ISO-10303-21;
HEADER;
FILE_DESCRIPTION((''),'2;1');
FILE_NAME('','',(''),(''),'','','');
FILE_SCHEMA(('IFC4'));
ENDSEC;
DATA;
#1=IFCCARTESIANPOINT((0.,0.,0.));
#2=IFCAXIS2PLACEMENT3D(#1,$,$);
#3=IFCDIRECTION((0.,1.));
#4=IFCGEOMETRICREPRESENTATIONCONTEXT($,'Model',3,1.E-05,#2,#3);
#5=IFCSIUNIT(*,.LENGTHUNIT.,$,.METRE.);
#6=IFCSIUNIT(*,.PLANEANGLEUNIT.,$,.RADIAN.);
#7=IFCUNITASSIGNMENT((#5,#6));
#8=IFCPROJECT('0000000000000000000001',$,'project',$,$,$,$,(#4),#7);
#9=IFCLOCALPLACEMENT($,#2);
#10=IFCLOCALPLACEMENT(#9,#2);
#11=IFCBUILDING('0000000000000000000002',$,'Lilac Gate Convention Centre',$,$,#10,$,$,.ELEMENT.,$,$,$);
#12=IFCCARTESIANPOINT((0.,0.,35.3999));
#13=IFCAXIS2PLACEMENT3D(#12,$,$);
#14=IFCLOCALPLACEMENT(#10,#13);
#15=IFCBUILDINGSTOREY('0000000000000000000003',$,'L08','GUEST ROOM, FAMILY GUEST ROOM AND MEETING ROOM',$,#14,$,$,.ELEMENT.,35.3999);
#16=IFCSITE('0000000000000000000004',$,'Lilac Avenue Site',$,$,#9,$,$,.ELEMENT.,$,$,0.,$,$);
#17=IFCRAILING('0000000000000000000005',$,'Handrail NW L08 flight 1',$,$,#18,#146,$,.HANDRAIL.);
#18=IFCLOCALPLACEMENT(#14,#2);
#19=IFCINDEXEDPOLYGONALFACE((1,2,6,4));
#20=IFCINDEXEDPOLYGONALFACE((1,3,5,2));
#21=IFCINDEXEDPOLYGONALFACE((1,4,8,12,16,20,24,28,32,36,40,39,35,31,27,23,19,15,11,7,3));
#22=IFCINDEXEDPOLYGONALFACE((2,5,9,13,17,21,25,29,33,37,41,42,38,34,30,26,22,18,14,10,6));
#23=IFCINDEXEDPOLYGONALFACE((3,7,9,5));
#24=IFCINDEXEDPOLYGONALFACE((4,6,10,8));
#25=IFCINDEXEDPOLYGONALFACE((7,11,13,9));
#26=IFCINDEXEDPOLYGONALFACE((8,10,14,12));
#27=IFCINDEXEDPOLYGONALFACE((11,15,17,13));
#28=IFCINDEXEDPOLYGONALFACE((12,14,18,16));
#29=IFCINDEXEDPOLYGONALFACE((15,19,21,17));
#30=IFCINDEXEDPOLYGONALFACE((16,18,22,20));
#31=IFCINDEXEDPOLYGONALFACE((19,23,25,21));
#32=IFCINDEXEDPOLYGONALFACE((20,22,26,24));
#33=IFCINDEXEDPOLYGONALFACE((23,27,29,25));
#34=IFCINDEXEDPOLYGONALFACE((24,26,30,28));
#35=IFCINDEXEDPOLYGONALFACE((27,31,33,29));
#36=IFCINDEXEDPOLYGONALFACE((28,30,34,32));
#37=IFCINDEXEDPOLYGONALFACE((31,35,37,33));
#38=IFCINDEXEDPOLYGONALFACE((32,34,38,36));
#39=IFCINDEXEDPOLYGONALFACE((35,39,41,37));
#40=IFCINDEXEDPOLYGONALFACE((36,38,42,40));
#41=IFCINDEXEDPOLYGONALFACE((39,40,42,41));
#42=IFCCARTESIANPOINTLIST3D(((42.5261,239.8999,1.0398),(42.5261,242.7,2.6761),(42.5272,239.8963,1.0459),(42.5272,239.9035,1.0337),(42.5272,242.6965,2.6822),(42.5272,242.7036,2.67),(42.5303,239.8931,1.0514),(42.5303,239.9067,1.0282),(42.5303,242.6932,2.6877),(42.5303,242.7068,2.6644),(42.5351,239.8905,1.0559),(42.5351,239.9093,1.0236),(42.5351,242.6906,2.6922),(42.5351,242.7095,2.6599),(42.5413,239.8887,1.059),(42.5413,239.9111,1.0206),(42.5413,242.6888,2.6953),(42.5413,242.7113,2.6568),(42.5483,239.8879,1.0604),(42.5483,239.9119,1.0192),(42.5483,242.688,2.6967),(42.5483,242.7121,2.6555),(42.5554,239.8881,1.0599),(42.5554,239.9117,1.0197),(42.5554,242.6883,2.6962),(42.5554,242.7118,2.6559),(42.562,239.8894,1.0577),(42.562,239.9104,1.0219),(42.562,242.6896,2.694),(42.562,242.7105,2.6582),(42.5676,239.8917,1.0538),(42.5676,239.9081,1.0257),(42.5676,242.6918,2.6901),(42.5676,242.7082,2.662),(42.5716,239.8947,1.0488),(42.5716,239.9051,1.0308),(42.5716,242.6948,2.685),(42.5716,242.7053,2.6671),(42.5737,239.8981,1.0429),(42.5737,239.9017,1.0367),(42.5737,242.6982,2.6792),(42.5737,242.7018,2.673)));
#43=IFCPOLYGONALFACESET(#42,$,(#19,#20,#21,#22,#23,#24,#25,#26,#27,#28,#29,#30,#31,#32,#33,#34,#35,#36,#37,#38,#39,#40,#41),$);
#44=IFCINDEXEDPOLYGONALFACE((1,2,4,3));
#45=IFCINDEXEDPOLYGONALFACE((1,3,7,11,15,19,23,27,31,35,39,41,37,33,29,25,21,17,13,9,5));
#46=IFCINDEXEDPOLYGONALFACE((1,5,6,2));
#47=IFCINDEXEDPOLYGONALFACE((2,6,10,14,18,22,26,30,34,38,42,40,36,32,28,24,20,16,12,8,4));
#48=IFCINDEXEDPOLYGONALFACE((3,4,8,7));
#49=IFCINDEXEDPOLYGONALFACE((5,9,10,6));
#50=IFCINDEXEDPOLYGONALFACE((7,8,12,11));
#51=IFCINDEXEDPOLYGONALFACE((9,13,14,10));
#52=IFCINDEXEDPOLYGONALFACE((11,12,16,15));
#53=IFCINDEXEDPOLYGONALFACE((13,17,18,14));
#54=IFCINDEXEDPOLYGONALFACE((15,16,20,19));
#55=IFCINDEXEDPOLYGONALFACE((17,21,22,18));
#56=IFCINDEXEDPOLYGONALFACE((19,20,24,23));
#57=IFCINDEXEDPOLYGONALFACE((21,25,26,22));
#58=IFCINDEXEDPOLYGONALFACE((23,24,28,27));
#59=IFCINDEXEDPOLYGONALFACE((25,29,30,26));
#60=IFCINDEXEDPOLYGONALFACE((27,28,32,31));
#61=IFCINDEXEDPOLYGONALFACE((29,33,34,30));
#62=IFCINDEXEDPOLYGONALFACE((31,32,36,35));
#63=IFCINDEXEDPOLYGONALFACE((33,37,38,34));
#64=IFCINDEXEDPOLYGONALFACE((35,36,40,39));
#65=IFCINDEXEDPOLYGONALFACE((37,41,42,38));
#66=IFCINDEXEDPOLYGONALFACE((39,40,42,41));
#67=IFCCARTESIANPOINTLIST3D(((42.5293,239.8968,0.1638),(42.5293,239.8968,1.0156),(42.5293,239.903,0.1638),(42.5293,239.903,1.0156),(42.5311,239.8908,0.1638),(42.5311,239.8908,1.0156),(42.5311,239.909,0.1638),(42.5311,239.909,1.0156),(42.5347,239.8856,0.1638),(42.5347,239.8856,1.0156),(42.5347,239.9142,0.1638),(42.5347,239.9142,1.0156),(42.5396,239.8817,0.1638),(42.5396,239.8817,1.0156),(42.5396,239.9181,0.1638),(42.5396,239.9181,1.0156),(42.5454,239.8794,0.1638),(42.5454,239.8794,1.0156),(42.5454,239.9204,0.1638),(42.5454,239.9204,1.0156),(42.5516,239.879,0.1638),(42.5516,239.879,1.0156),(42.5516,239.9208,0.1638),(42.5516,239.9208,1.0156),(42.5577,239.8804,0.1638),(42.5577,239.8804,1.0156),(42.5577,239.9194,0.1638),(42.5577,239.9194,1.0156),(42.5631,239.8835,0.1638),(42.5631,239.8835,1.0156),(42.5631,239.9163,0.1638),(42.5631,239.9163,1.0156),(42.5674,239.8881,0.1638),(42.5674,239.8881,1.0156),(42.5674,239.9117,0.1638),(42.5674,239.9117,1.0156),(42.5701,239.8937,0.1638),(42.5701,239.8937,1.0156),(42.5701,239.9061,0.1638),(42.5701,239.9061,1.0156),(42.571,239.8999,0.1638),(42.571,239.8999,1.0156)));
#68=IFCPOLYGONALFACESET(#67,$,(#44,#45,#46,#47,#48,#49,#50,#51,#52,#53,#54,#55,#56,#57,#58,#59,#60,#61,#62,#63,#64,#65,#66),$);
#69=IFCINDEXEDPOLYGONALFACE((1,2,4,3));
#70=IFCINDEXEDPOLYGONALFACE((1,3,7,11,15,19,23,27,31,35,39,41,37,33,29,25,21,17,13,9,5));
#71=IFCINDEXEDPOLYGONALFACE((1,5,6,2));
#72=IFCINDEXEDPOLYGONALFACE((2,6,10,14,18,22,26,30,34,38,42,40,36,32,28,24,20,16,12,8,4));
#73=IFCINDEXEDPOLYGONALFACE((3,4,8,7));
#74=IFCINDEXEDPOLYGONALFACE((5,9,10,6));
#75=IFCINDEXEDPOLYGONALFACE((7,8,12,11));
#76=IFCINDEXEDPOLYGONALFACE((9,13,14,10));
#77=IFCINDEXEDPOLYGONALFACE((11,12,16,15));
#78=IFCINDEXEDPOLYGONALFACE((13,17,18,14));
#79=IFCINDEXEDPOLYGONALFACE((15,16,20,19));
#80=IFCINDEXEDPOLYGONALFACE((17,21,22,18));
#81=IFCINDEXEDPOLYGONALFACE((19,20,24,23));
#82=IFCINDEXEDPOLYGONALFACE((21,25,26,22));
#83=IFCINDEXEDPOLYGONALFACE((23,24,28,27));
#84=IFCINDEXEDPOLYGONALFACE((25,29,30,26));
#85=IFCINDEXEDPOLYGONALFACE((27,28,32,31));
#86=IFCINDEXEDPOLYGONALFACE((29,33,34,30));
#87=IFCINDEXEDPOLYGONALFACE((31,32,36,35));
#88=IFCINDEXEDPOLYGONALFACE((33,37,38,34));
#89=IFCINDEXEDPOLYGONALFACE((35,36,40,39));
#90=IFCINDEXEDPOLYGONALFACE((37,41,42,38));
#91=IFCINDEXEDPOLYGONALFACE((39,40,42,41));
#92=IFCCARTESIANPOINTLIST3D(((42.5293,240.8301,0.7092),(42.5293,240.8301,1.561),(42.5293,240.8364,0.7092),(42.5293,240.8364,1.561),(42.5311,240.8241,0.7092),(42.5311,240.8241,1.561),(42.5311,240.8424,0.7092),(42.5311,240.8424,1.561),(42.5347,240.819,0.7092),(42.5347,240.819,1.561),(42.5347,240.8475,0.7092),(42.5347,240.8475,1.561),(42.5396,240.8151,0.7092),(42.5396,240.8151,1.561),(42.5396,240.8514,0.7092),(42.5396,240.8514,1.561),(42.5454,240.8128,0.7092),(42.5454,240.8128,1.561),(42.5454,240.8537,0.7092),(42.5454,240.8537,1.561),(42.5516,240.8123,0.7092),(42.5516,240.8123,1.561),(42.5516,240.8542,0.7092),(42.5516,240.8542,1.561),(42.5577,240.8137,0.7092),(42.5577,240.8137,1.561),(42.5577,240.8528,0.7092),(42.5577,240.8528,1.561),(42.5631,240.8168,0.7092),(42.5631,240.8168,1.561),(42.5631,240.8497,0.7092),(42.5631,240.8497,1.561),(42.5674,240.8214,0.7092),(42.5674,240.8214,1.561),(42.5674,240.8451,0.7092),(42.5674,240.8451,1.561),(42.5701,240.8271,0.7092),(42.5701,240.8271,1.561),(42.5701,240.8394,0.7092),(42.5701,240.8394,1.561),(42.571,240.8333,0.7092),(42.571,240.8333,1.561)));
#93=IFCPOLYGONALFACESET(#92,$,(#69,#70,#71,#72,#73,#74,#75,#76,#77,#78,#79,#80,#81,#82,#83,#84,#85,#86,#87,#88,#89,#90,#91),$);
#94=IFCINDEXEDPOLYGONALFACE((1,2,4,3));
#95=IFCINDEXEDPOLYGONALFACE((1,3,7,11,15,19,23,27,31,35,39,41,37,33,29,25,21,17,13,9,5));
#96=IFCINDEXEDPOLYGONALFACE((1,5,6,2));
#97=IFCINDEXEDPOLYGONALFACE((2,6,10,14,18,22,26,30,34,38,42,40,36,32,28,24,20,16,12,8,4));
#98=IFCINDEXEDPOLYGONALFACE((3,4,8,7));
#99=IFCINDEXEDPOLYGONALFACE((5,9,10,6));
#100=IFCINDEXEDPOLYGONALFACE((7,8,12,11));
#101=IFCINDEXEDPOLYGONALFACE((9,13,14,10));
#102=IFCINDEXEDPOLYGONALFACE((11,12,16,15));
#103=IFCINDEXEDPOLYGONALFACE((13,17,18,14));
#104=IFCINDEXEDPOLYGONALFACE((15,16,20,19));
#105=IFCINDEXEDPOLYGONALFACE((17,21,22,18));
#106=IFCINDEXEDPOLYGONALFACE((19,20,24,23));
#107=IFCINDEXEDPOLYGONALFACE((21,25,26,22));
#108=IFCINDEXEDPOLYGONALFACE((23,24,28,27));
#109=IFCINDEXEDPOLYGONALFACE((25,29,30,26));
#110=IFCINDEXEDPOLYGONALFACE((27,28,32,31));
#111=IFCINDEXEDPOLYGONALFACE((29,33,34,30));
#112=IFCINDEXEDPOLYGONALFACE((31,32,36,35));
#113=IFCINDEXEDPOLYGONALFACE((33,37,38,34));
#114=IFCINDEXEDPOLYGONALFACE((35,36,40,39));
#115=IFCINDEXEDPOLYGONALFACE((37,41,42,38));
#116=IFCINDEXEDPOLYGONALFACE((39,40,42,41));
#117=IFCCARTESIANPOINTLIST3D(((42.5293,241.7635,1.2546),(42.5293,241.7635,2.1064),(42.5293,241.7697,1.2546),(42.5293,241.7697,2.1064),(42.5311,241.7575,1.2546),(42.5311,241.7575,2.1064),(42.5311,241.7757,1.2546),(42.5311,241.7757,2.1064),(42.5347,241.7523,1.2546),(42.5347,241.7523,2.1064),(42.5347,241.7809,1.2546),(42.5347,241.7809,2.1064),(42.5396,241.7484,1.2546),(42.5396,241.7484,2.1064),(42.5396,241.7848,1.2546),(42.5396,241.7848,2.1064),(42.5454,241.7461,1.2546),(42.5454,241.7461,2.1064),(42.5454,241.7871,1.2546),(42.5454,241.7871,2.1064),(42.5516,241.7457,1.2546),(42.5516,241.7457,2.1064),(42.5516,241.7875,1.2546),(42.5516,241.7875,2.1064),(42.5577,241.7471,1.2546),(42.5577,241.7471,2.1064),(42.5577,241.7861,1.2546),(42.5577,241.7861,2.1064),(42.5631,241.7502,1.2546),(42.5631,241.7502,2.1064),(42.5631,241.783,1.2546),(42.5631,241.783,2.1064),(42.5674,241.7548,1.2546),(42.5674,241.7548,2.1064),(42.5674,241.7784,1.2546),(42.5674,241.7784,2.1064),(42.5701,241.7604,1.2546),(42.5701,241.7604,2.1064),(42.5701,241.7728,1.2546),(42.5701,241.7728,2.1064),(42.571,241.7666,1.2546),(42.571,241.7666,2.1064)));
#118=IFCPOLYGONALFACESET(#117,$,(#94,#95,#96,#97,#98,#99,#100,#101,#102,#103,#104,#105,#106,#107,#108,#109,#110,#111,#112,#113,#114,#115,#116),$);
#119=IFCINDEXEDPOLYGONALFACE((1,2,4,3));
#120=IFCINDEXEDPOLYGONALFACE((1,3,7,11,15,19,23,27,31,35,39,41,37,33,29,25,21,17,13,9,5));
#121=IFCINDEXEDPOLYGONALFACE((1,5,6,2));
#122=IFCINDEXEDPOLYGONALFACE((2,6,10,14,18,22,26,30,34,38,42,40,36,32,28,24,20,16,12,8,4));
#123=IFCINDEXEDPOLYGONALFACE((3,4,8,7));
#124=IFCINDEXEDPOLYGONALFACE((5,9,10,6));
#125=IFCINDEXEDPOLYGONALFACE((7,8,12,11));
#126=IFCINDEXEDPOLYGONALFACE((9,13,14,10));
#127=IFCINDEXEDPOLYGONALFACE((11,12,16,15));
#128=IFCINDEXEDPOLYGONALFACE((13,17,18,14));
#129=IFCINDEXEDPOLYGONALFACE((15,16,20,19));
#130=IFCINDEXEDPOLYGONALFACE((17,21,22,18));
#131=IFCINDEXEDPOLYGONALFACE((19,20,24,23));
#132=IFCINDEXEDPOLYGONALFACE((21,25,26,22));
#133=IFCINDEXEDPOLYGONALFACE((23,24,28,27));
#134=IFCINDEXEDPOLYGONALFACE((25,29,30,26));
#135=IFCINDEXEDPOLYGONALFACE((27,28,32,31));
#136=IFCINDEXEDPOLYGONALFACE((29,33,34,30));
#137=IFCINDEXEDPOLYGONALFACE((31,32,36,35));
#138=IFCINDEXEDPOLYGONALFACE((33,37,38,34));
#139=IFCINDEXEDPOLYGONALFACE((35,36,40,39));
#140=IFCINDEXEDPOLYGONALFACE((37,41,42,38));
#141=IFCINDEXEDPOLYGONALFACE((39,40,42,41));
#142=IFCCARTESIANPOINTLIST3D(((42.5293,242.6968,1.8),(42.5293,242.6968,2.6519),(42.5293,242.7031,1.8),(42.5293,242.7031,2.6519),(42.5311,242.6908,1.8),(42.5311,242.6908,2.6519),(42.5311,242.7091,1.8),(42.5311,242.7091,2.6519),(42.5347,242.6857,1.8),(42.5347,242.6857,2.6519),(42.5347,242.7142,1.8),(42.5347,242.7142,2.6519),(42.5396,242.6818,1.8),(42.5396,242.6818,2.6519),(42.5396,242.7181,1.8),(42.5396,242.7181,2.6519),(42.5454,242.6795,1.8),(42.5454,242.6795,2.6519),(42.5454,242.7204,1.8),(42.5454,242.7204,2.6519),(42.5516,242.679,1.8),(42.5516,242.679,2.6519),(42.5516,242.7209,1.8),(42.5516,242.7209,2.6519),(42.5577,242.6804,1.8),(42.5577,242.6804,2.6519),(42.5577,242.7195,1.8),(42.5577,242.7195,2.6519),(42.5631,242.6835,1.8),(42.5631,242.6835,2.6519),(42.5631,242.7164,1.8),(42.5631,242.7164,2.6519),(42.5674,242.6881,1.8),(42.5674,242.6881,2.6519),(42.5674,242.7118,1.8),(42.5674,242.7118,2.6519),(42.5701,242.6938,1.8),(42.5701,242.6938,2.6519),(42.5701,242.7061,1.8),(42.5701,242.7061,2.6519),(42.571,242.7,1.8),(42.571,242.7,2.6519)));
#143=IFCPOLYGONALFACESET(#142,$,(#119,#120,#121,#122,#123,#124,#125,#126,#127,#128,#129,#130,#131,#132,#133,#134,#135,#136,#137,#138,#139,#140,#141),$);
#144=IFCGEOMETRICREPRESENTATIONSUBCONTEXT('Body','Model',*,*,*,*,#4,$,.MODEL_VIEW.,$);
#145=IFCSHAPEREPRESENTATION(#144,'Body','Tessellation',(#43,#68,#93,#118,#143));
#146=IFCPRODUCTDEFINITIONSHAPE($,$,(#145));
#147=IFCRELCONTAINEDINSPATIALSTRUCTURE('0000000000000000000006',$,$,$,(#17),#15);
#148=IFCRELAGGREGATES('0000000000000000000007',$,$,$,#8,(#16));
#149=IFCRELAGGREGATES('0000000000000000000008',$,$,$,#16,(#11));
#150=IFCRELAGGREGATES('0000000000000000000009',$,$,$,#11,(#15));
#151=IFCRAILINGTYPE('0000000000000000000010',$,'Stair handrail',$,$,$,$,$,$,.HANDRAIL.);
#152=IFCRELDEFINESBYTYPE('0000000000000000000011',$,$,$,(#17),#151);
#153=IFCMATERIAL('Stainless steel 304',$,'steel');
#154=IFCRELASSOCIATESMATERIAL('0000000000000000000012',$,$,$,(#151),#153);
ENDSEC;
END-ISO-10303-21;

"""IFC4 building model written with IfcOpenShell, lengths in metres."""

from ifc_helpers import new_model, si_unit, direction, frame, origin, origin_2d, place, context, subcontext, project, spatial, circle, extrude, material, type_object, element, save


model = new_model("IFC4")

# Units and contexts
model_context = context("Model", 3, precision=1e-05, world=origin(), true_north=direction((0.0, 1.0)))
body_context = subcontext(model_context, "Body", "Model", "MODEL_VIEW")
ifc_project = project(units=[si_unit("LENGTHUNIT", "METRE"), si_unit("PLANEANGLEUNIT", "RADIAN")], contexts=[model_context])

# Site, building, storey
site_placement = place(None, origin())
site = spatial("IfcSite", under=ifc_project, at=site_placement, Name="Lilac Avenue Site", CompositionType="ELEMENT", RefElevation=0.0)
building_placement = place(site_placement, origin())
building = spatial("IfcBuilding", under=site, at=building_placement, Name="Lilac Gate Convention Centre", CompositionType="ELEMENT")
storey_placement = place(building_placement, frame((0.0, 0.0, 35.3999)))
storey = spatial("IfcBuildingStorey", under=building, at=storey_placement, Name="L08", Description="GUEST ROOM, FAMILY GUEST ROOM AND MEETING ROOM", CompositionType="ELEMENT", Elevation=35.3999)

# Railing
ifc_material_1 = material(Name="Stainless steel 304", Category="steel")
railing_type = type_object("IfcRailingType", Name="Stair handrail", PredefinedType="HANDRAIL", material=ifc_material_1)
for number, where, name in (
    (1, (42.55, 239.8999, 0.1638), "Handrail NW L08 flight 1"),
):
    element("IfcRailing", number, at=place(storey_placement, frame(where)), inside=storey, type_object=railing_type, Name=name, PredefinedType="HANDRAIL", context=body_context, shape_type="SweptSolid", body=[
        extrude(circle(Radius=0.0239, at=origin_2d()), frame((0.0, 0.0, 0.876), z_axis=(0.0, 0.863394, 0.504531), x_axis=(-1.0, 0.0, 0.0)), (0.0, 0.0, 1.0), 3.2432),
        extrude(circle(Radius=0.021, at=origin_2d()), origin(), (0.0, 0.0, 1.0), 0.8518),
        extrude(circle(Radius=0.021, at=origin_2d()), frame((0.0, 0.9333, 0.5454)), (0.0, 0.0, 1.0), 0.8518),
        extrude(circle(Radius=0.021, at=origin_2d()), frame((0.0, 1.8667, 1.0908)), (0.0, 0.0, 1.0), 0.8518),
        extrude(circle(Radius=0.021, at=origin_2d()), frame((0.0, 2.8, 1.6362)), (0.0, 0.0, 1.0), 0.8518),
    ])

save(model, "model.ifc")
